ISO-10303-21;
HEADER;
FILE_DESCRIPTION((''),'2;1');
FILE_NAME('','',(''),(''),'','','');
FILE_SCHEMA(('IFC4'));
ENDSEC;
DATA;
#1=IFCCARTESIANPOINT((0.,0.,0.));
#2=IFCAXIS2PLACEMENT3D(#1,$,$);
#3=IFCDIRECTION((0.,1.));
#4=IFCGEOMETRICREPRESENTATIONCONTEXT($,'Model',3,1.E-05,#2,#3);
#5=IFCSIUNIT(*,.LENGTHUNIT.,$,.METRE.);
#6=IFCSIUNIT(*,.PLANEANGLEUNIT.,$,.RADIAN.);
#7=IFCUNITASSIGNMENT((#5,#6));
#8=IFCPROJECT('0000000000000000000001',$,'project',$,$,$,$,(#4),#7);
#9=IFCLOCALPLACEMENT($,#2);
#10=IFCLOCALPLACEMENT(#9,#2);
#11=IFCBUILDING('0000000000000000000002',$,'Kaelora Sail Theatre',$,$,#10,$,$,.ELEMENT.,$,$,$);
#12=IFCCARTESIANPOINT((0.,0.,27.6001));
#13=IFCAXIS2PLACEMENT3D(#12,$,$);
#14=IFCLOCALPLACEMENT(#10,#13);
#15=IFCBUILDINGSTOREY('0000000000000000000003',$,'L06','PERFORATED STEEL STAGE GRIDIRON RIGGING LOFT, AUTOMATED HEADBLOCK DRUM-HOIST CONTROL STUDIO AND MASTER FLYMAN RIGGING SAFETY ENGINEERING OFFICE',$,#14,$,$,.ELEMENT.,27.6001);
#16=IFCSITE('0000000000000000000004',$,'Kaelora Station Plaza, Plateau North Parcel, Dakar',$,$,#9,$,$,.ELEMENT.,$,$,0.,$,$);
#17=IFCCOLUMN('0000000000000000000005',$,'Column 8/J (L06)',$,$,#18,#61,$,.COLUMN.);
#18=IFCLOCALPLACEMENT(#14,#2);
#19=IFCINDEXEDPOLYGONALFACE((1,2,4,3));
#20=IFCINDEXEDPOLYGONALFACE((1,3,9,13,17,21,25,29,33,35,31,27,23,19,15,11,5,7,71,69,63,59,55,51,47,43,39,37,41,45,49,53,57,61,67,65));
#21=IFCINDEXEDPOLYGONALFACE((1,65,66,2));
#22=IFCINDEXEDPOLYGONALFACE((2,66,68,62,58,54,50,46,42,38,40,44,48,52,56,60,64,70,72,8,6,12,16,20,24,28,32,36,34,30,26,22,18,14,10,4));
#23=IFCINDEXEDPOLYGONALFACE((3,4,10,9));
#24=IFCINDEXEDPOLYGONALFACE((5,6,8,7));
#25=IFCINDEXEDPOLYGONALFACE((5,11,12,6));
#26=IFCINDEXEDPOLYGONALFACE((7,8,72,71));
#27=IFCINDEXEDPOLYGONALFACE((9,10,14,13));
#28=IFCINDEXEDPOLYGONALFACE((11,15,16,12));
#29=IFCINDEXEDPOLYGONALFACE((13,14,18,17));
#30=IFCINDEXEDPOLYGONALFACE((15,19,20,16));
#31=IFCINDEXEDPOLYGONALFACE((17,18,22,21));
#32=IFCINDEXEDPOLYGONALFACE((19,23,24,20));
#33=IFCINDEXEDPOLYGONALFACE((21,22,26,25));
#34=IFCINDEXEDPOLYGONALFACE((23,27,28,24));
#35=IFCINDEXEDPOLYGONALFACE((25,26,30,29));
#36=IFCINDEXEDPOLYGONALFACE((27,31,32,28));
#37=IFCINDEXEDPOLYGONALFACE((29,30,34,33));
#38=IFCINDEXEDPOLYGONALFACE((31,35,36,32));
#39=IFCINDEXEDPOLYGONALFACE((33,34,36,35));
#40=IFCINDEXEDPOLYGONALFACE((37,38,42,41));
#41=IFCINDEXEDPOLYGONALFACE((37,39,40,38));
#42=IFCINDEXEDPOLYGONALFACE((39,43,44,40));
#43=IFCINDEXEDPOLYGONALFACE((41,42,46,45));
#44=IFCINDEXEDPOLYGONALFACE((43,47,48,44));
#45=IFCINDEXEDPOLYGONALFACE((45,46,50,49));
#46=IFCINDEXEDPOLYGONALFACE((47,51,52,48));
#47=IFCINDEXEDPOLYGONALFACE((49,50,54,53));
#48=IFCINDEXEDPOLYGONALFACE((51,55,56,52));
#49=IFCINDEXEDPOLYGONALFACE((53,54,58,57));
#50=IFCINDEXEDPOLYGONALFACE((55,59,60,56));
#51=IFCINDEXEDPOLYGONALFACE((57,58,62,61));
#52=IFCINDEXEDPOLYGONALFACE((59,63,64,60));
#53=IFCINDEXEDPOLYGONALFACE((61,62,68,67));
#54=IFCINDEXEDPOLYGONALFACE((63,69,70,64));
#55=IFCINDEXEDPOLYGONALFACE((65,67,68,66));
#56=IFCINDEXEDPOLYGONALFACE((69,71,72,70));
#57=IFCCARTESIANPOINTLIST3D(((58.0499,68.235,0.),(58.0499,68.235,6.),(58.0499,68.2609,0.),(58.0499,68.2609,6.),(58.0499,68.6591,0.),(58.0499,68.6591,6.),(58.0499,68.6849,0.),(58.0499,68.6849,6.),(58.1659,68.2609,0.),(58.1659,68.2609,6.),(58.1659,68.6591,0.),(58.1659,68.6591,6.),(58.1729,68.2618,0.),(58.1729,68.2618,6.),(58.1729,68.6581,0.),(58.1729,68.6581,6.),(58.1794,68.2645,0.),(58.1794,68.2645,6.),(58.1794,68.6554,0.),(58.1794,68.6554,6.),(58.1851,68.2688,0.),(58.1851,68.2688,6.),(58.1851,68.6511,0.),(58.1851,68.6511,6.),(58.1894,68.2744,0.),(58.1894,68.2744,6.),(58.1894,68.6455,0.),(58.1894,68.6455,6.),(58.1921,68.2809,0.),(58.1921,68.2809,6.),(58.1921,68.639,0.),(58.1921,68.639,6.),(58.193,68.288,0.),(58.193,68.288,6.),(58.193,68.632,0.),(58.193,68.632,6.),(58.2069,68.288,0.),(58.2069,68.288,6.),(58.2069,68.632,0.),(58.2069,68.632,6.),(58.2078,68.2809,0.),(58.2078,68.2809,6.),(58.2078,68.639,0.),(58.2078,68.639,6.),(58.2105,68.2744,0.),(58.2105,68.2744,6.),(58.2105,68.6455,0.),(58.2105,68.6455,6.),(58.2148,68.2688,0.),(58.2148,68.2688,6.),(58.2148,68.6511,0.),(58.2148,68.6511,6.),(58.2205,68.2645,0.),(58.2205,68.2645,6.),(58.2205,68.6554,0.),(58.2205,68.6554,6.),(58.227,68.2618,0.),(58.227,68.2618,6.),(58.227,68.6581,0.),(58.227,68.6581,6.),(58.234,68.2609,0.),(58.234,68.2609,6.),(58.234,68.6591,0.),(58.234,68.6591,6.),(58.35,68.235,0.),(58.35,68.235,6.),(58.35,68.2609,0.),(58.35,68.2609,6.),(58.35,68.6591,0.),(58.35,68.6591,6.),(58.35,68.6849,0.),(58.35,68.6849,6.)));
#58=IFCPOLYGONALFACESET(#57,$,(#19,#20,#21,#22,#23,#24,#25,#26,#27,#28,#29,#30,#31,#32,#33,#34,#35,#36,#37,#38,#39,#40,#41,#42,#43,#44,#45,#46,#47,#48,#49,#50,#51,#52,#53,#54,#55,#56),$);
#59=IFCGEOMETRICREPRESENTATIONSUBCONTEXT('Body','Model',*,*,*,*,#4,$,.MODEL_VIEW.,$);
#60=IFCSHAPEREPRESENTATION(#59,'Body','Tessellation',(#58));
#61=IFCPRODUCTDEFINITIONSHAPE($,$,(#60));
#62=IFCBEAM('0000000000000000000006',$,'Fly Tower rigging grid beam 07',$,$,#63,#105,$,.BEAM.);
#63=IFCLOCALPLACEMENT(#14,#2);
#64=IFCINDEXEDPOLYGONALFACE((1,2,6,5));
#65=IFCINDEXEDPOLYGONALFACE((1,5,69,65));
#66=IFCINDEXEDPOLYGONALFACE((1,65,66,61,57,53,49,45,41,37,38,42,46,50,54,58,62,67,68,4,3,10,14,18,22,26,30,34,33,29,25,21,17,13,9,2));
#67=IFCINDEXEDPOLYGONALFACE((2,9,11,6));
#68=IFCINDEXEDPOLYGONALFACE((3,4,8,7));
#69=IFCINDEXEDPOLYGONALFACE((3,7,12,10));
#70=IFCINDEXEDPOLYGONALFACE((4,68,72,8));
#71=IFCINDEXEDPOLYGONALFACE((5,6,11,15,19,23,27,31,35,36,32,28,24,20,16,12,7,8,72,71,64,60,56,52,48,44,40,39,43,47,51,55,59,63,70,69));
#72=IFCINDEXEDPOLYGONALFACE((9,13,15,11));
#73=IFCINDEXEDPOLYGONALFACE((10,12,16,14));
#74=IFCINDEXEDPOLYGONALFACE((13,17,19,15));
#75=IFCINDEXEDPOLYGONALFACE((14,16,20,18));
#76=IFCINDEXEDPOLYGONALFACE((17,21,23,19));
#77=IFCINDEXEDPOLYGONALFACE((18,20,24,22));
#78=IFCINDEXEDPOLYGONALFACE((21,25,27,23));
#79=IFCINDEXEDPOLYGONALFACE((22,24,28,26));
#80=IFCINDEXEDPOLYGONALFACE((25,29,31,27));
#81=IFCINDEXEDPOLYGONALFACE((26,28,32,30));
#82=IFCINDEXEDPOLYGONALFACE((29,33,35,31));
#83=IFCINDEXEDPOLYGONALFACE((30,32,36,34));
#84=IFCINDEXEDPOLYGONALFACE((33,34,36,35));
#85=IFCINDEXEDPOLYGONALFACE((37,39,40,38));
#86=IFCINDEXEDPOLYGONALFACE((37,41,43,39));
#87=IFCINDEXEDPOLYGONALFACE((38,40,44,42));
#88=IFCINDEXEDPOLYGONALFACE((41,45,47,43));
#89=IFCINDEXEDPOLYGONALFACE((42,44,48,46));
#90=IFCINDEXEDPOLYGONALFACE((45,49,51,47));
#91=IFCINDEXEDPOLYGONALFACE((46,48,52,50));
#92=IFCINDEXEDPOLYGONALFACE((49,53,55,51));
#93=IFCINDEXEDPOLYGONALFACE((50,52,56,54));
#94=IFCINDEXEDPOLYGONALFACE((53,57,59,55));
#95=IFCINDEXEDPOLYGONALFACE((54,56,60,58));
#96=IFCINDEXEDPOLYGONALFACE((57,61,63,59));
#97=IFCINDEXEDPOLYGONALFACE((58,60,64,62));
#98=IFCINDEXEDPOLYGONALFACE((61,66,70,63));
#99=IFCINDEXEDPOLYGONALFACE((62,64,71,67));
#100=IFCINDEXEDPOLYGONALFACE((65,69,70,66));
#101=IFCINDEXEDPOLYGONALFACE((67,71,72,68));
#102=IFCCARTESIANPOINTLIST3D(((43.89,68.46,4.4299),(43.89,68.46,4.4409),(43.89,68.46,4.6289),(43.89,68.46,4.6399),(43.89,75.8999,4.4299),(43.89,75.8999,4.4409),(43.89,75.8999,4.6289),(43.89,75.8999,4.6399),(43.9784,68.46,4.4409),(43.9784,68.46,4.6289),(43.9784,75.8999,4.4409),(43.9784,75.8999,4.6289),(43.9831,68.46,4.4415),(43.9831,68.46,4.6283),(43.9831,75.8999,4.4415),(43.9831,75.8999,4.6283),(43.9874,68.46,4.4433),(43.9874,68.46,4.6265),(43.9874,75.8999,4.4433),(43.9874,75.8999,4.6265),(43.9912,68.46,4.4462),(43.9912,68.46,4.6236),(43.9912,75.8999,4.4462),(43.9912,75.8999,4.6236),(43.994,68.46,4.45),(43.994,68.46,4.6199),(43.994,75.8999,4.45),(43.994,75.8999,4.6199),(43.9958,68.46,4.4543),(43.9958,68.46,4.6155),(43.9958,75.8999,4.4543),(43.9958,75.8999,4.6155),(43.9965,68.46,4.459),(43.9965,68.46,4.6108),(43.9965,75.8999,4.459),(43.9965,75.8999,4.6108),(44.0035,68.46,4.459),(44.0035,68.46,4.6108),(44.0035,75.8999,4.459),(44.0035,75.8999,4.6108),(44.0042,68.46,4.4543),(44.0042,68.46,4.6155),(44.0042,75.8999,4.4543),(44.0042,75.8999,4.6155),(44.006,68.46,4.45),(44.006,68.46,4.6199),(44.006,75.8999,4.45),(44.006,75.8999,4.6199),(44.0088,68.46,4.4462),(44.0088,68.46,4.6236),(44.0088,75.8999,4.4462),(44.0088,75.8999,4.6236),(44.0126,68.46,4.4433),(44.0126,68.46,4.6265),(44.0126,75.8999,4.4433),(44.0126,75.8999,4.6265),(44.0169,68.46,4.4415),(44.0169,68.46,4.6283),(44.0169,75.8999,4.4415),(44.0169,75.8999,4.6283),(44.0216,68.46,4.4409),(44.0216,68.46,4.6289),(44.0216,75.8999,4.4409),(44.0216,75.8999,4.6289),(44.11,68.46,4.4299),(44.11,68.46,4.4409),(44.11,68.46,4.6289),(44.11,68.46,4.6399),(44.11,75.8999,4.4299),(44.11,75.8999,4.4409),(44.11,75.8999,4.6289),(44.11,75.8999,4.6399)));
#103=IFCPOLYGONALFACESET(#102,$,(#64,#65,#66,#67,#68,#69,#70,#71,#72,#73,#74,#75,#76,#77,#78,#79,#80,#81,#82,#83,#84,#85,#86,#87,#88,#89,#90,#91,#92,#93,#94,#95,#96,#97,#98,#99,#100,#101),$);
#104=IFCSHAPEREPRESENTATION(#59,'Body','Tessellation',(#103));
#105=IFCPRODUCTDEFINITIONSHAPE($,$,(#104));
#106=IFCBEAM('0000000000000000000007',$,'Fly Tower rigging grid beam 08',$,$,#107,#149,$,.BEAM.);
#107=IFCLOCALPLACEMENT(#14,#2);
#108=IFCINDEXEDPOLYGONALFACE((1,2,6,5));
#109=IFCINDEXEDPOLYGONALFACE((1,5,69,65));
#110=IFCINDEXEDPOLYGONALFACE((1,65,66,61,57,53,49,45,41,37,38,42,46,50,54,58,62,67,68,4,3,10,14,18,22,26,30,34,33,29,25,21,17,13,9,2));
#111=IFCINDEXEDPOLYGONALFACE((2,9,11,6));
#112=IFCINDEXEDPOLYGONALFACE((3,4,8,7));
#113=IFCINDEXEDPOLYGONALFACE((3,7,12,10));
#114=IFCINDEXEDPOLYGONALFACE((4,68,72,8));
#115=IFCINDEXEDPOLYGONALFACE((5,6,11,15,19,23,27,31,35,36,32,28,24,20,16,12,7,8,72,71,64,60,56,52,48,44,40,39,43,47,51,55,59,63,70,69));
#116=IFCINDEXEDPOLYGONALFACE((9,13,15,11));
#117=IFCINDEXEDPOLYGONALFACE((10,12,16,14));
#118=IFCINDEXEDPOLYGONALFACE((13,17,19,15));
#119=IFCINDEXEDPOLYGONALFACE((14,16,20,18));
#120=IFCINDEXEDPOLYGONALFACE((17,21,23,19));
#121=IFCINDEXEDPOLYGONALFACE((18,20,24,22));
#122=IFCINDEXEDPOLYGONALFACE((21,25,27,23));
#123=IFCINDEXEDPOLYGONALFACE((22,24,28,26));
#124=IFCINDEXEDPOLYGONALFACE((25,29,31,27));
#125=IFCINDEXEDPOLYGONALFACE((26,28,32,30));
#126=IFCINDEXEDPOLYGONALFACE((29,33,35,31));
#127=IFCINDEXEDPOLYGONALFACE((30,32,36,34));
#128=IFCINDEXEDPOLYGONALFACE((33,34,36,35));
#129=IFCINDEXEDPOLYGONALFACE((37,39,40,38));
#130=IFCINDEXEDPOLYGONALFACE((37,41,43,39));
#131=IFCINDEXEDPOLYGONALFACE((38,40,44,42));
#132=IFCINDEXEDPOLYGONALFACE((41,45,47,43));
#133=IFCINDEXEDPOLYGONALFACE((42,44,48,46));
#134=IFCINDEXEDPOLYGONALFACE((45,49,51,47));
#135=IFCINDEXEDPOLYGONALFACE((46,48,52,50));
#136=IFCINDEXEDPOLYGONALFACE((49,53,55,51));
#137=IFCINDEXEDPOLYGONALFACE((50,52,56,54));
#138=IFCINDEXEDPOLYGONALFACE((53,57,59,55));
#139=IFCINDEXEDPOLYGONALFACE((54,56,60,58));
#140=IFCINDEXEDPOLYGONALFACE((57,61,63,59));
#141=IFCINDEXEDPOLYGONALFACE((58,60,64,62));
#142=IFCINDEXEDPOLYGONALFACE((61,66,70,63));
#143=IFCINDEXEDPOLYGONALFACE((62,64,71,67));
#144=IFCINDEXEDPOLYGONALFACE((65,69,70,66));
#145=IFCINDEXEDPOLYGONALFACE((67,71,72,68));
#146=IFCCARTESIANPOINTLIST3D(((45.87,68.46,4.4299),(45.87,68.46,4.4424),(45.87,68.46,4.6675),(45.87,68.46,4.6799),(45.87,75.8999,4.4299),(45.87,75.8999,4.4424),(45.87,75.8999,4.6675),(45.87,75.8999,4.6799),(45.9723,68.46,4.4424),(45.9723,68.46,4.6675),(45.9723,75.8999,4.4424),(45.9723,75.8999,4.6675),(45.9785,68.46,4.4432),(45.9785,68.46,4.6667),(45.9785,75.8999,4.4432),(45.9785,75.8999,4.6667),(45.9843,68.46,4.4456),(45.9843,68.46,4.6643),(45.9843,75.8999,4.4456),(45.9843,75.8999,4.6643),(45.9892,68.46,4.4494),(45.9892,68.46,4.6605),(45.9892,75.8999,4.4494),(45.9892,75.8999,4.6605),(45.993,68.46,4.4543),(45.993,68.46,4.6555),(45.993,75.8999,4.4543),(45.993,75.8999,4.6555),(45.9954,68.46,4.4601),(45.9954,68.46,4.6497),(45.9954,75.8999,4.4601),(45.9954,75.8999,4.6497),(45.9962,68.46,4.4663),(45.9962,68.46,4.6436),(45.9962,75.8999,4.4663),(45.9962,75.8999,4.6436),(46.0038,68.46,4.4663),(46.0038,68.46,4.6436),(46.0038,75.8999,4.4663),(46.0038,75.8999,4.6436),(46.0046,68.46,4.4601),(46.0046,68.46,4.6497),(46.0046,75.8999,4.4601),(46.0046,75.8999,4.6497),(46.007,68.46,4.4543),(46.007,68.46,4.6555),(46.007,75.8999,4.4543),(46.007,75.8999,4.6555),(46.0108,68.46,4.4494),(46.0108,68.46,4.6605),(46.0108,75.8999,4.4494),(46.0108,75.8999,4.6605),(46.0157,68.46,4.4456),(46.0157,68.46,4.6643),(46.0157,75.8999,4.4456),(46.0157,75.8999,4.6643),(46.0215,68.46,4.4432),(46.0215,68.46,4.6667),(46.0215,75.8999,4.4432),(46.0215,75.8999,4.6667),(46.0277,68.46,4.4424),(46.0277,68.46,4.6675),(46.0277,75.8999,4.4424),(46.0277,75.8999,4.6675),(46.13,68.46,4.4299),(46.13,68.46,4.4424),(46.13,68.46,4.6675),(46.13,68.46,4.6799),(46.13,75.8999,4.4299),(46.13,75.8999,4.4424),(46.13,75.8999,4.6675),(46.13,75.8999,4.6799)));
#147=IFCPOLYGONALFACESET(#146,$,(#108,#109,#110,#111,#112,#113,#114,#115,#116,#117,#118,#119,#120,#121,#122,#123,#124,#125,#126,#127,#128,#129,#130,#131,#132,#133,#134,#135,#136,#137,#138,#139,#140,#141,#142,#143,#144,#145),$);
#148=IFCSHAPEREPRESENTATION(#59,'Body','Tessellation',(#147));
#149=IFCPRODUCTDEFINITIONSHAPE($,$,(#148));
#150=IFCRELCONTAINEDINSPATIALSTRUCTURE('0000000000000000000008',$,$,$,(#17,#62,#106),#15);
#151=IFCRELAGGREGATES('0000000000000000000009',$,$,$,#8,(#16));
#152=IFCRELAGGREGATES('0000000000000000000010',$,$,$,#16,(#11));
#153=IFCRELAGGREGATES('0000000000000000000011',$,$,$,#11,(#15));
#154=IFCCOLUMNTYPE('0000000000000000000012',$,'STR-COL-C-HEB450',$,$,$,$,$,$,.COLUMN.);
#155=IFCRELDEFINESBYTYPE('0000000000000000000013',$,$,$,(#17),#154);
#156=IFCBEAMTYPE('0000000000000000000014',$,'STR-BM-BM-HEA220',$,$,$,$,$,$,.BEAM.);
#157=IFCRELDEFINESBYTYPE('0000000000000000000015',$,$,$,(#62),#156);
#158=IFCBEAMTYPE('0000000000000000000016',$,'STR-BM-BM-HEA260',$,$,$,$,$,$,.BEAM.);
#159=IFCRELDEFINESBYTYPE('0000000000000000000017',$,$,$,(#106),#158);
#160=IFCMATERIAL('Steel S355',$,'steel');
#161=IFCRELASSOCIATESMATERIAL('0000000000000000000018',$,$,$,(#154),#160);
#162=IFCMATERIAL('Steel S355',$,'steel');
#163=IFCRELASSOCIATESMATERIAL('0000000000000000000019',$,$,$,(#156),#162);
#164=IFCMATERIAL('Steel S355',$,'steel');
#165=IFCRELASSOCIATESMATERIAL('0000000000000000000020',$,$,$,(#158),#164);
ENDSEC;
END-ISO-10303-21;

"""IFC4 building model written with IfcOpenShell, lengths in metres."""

from ifc_helpers import new_model, si_unit, direction, frame, origin, origin_2d, place, context, subcontext, project, spatial, i_section, extrude, material, material_profile, profile_set, type_object, element, save


model = new_model("IFC4")

# Units and contexts
model_context = context("Model", 3, precision=1e-05, world=origin(), true_north=direction((0.0, 1.0)))
body_context = subcontext(model_context, "Body", "Model", "MODEL_VIEW")
ifc_project = project(units=[si_unit("LENGTHUNIT", "METRE"), si_unit("PLANEANGLEUNIT", "RADIAN")], contexts=[model_context])

# Site, building, storey
site_placement = place(None, origin())
site = spatial("IfcSite", under=ifc_project, at=site_placement, Name="Kaelora Station Plaza, Plateau North Parcel, Dakar", CompositionType="ELEMENT", RefElevation=0.0)
building_placement = place(site_placement, origin())
building = spatial("IfcBuilding", under=site, at=building_placement, Name="Kaelora Sail Theatre", CompositionType="ELEMENT")
storey_placement = place(building_placement, frame((0.0, 0.0, 27.6001)))
storey = spatial("IfcBuildingStorey", under=building, at=storey_placement, Name="L06", Description="PERFORATED STEEL STAGE GRIDIRON RIGGING LOFT, AUTOMATED HEADBLOCK DRUM-HOIST CONTROL STUDIO AND MASTER FLYMAN RIGGING SAFETY ENGINEERING OFFICE", CompositionType="ELEMENT", Elevation=27.6001)

# Column
ifc_material_1 = material(Name="Steel S355", Category="steel")
ifc_material_profile_1 = material_profile(ifc_material_1, i_section(OverallWidth=0.3, OverallDepth=0.45, WebThickness=0.0139, FlangeThickness=0.0259, FilletRadius=0.0271, at=origin_2d()), Name="HEB 450")
ifc_profile_set_1 = profile_set([ifc_material_profile_1], Name="Steel S355")
column_type = type_object("IfcColumnType", Name="STR-COL-C-HEB450", PredefinedType="COLUMN", material=ifc_profile_set_1)
column_placement = place(storey_placement, frame((58.2, 68.46, 0.0), z_axis=(0.0, 0.0, 1.0), x_axis=(1.0, 0.0, 0.0)))
element("IfcColumn", 1, at=column_placement, inside=storey, type_object=column_type, Name="Column 8/J (L06)", PredefinedType="COLUMN", context=body_context, shape_type="SweptSolid", body=[
    extrude(i_section(OverallWidth=0.3, OverallDepth=0.45, WebThickness=0.0139, FlangeThickness=0.0259, FilletRadius=0.0271, at=origin_2d()), origin(), (0.0, 0.0, 1.0), 6.0),
])

# Beams
ifc_material_2 = material(Name="Steel S355", Category="steel")
ifc_material_profile_2 = material_profile(ifc_material_2, i_section(OverallWidth=0.22, OverallDepth=0.21, WebThickness=0.0071, FlangeThickness=0.011, FilletRadius=0.0181, at=origin_2d()), Name="HEA 220")
ifc_profile_set_2 = profile_set([ifc_material_profile_2], Name="Steel S355")
beam_type_1 = type_object("IfcBeamType", Name="STR-BM-BM-HEA220", PredefinedType="BEAM", material=ifc_profile_set_2)
beam_1_placement = place(storey_placement, frame((44.0, 68.46, 4.5349), z_axis=(0.0, 1.0, 0.0), x_axis=(-1.0, 0.0, 0.0)))
element("IfcBeam", 2, at=beam_1_placement, inside=storey, type_object=beam_type_1, Name="Fly Tower rigging grid beam 07", PredefinedType="BEAM", context=body_context, shape_type="SweptSolid", body=[
    extrude(i_section(OverallWidth=0.22, OverallDepth=0.21, WebThickness=0.0071, FlangeThickness=0.011, FilletRadius=0.0181, at=origin_2d()), origin(), (0.0, 0.0, 1.0), 7.4399),
])
ifc_material_3 = material(Name="Steel S355", Category="steel")
ifc_material_profile_3 = material_profile(ifc_material_3, i_section(OverallWidth=0.26, OverallDepth=0.25, WebThickness=0.0076, FlangeThickness=0.0125, FilletRadius=0.0239, at=origin_2d()), Name="HEA 260")
ifc_profile_set_3 = profile_set([ifc_material_profile_3], Name="Steel S355")
beam_type_2 = type_object("IfcBeamType", Name="STR-BM-BM-HEA260", PredefinedType="BEAM", material=ifc_profile_set_3)
beam_2_placement = place(storey_placement, frame((46.0, 68.46, 4.5549), z_axis=(0.0, 1.0, 0.0), x_axis=(-1.0, 0.0, 0.0)))
element("IfcBeam", 3, at=beam_2_placement, inside=storey, type_object=beam_type_2, Name="Fly Tower rigging grid beam 08", PredefinedType="BEAM", context=body_context, shape_type="SweptSolid", body=[
    extrude(i_section(OverallWidth=0.26, OverallDepth=0.25, WebThickness=0.0076, FlangeThickness=0.0125, FilletRadius=0.0239, at=origin_2d()), origin(), (0.0, 0.0, 1.0), 7.4399),
])

save(model, "model.ifc")
